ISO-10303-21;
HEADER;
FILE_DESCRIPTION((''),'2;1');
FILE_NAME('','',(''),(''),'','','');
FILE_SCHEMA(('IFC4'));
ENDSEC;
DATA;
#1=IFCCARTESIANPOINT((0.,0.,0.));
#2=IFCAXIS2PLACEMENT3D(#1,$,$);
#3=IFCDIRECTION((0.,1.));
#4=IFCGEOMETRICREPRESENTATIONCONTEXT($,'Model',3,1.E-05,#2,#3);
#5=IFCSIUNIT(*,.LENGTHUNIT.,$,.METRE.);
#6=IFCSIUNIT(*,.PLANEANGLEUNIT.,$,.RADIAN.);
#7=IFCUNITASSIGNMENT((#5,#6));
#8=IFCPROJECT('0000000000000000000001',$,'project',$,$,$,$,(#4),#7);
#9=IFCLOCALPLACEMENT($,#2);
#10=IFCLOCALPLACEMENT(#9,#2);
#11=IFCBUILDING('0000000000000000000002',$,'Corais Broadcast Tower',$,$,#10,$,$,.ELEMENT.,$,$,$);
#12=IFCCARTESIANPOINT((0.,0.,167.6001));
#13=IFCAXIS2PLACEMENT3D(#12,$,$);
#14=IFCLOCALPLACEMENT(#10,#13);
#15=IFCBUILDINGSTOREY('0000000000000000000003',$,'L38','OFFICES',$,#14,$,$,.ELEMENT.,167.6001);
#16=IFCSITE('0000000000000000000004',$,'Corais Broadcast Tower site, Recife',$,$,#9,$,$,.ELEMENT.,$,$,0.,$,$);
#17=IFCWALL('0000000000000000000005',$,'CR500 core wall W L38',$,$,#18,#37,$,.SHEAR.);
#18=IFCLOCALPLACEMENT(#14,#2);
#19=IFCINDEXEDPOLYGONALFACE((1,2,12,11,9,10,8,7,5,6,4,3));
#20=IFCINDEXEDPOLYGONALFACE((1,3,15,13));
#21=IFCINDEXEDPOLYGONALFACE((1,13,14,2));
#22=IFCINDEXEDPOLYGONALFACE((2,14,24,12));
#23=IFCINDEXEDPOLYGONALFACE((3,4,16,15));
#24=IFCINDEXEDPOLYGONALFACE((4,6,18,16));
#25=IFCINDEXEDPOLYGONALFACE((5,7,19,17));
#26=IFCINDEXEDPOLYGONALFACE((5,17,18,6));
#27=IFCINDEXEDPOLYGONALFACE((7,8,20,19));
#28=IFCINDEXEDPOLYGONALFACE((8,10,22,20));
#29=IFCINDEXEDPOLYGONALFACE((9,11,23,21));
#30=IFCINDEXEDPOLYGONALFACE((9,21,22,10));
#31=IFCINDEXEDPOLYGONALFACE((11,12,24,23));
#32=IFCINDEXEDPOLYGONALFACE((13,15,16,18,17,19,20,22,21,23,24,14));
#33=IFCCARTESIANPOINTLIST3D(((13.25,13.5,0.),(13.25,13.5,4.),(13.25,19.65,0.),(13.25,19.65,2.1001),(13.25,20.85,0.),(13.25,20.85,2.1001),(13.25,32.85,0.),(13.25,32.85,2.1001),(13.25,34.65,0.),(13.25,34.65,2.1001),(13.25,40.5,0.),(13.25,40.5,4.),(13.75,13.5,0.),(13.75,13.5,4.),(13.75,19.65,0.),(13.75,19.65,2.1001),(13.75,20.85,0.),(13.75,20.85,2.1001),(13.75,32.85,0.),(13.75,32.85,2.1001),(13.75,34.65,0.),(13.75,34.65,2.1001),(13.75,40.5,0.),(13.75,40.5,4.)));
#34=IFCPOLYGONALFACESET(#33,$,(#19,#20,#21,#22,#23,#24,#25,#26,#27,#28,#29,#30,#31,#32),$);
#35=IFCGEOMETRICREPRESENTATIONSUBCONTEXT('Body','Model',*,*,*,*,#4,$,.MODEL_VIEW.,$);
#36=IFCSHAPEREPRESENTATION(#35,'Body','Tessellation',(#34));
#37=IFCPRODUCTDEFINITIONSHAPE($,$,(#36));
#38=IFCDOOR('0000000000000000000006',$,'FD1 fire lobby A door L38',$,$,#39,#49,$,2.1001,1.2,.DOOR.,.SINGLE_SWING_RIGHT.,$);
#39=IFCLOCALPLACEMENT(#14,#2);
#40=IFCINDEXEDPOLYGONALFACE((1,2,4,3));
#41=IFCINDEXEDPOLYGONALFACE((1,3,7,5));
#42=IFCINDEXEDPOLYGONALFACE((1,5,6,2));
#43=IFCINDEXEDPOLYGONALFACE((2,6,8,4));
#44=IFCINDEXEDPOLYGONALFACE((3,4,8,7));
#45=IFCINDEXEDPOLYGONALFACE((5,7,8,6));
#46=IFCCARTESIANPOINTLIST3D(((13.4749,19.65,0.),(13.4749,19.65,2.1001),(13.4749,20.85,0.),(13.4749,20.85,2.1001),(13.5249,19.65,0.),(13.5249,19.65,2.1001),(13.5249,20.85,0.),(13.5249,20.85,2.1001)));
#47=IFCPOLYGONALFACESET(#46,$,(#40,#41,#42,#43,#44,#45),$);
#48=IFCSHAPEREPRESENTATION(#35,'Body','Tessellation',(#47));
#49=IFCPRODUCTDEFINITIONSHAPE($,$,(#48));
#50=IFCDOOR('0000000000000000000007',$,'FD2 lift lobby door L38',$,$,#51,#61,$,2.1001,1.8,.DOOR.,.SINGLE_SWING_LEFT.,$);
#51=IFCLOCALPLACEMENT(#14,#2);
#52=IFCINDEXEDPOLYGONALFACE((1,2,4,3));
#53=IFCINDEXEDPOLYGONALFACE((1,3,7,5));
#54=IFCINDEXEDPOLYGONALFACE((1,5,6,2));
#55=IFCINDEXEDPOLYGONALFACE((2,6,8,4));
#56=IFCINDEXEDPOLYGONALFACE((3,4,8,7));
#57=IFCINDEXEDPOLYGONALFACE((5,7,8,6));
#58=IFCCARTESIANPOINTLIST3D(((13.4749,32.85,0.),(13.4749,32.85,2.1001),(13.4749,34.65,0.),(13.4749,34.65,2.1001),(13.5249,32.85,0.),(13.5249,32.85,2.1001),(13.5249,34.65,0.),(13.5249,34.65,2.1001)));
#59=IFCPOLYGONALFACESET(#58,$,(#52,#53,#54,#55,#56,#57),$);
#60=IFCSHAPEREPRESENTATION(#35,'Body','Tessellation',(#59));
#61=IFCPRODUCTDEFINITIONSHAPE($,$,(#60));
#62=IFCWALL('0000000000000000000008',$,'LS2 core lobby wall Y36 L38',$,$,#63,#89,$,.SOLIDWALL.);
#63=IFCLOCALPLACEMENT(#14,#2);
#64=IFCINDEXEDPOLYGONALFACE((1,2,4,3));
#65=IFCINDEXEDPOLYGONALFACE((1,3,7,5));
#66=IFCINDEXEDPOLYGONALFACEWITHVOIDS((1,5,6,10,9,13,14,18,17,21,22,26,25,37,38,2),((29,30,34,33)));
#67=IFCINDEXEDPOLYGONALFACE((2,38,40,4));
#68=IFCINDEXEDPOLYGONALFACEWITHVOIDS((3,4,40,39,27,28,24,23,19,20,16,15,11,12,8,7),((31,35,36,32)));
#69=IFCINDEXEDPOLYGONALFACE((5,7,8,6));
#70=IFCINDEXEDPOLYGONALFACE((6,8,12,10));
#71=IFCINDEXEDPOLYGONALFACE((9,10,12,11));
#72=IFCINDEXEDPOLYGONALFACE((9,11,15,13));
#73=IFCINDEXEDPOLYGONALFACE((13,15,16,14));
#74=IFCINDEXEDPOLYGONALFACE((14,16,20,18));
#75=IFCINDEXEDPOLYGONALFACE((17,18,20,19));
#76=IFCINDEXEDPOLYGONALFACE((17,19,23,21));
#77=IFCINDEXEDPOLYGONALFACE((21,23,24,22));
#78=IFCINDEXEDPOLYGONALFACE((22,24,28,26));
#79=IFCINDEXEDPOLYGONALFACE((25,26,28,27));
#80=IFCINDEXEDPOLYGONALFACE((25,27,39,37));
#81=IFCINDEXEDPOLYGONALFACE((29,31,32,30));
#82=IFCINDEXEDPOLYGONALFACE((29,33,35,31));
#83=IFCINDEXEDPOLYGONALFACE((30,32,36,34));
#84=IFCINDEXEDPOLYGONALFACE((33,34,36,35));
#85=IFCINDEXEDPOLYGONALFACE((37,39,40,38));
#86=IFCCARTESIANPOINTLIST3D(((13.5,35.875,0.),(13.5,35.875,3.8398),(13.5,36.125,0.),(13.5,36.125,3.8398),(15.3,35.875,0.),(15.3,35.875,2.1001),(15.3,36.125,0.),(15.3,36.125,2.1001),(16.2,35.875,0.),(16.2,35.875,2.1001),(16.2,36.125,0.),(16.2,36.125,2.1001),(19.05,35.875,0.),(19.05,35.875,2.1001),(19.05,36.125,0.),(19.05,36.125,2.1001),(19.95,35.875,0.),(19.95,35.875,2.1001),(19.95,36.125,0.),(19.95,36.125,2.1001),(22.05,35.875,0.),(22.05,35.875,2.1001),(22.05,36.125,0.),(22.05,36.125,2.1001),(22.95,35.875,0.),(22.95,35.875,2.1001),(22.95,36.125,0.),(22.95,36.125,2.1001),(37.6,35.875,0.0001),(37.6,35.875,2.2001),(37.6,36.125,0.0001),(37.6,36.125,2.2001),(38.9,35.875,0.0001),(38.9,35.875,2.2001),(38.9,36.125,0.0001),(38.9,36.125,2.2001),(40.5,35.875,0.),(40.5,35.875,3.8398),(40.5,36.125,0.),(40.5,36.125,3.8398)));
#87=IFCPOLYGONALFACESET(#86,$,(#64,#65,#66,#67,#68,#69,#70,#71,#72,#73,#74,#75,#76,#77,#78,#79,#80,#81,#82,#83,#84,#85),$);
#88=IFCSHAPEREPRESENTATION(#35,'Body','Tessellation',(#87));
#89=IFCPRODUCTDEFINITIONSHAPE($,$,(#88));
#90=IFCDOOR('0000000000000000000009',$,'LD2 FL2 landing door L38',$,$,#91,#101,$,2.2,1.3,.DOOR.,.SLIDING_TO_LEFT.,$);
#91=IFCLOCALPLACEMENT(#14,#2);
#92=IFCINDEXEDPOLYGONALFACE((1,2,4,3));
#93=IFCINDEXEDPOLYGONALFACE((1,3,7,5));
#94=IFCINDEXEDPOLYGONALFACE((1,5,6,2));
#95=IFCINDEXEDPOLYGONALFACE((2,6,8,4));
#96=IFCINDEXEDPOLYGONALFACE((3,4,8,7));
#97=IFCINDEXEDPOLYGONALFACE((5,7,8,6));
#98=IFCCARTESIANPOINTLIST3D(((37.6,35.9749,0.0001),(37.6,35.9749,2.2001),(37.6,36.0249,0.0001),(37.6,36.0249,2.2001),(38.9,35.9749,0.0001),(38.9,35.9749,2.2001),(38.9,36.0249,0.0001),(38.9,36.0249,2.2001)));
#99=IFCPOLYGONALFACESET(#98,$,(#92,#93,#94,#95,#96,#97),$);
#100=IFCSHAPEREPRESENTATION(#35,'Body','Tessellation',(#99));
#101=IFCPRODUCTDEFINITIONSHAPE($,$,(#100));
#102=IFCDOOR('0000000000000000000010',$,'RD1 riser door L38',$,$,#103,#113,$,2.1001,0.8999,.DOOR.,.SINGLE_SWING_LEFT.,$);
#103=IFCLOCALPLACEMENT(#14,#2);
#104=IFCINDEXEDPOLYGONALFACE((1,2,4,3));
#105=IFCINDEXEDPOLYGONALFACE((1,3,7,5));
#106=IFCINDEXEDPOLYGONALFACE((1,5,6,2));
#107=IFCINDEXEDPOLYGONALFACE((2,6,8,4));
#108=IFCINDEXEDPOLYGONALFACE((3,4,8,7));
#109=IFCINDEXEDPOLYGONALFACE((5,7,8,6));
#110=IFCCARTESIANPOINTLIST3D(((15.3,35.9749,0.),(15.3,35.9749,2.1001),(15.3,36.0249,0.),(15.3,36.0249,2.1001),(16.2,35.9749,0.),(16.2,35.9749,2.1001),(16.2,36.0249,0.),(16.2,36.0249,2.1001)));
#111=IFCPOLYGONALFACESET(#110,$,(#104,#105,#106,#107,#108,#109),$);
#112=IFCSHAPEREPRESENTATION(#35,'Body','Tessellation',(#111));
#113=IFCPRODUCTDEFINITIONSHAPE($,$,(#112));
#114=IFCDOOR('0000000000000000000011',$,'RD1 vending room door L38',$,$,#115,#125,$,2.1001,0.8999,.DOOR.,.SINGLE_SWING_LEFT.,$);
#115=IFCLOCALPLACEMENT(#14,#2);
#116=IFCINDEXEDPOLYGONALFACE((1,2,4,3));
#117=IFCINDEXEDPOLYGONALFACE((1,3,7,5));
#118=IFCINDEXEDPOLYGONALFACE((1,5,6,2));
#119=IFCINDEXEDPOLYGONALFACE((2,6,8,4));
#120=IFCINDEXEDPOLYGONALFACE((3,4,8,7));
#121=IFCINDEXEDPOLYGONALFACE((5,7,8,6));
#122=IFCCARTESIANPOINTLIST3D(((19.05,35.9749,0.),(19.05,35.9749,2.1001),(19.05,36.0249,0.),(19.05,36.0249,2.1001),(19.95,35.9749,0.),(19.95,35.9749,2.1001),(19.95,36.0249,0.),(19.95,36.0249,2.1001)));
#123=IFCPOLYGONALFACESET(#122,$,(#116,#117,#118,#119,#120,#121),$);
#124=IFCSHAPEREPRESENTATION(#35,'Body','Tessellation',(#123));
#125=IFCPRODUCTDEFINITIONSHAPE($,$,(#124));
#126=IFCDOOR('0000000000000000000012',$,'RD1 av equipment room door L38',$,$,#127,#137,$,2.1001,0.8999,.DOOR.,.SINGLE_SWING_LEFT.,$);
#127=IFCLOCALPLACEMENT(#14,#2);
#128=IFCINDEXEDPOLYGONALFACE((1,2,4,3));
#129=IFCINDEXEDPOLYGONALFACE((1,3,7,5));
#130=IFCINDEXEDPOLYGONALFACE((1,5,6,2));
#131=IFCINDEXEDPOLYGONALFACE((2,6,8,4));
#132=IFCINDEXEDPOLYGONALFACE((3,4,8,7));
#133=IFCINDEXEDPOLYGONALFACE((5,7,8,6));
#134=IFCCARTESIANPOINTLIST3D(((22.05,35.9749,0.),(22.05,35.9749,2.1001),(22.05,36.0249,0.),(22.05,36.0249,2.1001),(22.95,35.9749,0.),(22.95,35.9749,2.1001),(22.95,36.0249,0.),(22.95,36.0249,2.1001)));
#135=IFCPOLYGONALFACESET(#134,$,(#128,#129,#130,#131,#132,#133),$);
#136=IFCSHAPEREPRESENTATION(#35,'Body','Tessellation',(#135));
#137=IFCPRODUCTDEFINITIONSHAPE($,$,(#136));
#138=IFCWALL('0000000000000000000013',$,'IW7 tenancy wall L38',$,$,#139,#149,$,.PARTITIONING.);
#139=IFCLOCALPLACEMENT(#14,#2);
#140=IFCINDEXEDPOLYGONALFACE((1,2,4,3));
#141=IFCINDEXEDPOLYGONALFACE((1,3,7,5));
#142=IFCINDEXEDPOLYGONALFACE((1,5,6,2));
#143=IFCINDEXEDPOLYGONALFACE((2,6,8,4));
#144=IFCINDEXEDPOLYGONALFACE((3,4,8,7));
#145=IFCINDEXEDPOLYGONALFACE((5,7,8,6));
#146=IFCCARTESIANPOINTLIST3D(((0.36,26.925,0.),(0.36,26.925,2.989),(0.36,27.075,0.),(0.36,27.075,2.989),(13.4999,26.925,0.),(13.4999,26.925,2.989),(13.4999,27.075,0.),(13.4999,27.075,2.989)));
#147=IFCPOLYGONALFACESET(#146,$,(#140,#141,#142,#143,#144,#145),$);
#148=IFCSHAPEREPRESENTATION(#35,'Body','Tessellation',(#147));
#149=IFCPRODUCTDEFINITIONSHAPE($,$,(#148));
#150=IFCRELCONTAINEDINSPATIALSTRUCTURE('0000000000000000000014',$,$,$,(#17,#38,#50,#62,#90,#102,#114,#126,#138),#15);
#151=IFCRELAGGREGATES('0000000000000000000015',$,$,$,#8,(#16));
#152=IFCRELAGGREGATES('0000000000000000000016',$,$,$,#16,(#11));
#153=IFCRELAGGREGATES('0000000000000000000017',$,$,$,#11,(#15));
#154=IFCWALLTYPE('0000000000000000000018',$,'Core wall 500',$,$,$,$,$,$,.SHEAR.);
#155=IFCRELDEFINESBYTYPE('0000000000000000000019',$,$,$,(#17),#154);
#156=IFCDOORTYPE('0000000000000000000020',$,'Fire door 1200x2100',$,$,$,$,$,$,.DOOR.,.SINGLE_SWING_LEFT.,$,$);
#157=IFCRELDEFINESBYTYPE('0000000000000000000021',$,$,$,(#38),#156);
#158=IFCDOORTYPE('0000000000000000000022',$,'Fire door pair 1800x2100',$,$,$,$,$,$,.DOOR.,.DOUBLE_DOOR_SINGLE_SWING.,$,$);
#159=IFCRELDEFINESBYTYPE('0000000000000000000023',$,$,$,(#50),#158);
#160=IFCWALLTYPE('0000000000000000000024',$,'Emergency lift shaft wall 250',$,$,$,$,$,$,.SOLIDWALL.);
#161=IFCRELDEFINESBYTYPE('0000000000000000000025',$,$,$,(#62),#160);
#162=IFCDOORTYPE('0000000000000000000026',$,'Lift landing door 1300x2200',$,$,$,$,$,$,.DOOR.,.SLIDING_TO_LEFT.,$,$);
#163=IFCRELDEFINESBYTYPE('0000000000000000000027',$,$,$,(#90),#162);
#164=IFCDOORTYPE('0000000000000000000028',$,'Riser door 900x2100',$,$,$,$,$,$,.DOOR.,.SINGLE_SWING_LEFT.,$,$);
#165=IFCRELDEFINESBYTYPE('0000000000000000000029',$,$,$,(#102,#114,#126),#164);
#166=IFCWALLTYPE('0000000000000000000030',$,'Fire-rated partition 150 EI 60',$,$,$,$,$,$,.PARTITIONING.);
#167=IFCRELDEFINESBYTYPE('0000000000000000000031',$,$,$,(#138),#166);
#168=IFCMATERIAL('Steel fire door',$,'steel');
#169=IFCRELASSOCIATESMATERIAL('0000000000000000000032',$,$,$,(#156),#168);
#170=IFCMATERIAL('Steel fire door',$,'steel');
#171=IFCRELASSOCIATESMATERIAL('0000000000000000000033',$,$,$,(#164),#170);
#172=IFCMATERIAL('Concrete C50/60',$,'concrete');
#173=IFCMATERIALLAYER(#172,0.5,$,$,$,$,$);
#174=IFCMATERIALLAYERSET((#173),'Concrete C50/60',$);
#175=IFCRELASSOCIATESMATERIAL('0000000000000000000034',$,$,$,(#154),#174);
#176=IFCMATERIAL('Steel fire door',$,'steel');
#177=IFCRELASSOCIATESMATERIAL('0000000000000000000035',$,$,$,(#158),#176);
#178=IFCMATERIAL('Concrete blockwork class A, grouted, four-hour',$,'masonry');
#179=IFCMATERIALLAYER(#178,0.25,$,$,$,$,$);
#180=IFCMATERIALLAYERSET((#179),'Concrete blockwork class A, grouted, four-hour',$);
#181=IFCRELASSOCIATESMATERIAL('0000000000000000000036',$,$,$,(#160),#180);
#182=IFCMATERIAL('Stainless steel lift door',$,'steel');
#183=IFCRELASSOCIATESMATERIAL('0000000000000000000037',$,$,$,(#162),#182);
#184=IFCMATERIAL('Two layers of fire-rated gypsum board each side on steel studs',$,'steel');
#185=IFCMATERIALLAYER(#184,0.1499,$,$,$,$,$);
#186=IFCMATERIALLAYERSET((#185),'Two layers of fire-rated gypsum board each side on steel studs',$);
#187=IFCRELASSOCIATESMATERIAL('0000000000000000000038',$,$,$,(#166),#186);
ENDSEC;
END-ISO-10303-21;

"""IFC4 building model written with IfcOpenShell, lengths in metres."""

from ifc_helpers import new_model, si_unit, direction, frame, frame_2d, origin, place, context, subcontext, project, spatial, rectangle, extrude, material, layer, layer_set, type_object, element, fill, save


model = new_model("IFC4")

# Units and contexts
model_context = context("Model", 3, precision=1e-05, world=origin(), true_north=direction((0.0, 1.0)))
body_context = subcontext(model_context, "Body", "Model", "MODEL_VIEW")
ifc_project = project(units=[si_unit("LENGTHUNIT", "METRE"), si_unit("PLANEANGLEUNIT", "RADIAN")], contexts=[model_context])

# Site, building, storey
site_placement = place(None, origin())
site = spatial("IfcSite", under=ifc_project, at=site_placement, Name="Corais Broadcast Tower site, Recife", CompositionType="ELEMENT", RefElevation=0.0)
building_placement = place(site_placement, origin())
building = spatial("IfcBuilding", under=site, at=building_placement, Name="Corais Broadcast Tower", CompositionType="ELEMENT")
storey_placement = place(building_placement, frame((0.0, 0.0, 167.6001)))
storey = spatial("IfcBuildingStorey", under=building, at=storey_placement, Name="L38", Description="OFFICES", CompositionType="ELEMENT", Elevation=167.6001)

# Walls, openings, doors
ifc_material_1 = material(Name="Steel fire door", Category="steel")
door_type_1 = type_object("IfcDoorType", Name="Fire door 1200x2100", OperationType="SINGLE_SWING_LEFT", PredefinedType="DOOR", material=ifc_material_1)
ifc_material_2 = material(Name="Steel fire door", Category="steel")
door_type_2 = type_object("IfcDoorType", Name="Riser door 900x2100", OperationType="SINGLE_SWING_LEFT", PredefinedType="DOOR", material=ifc_material_2)
ifc_material_3 = material(Name="Concrete C50/60", Category="concrete")
ifc_layer_1 = layer(ifc_material_3, 0.5)
ifc_layer_set_1 = layer_set([ifc_layer_1], Name="Concrete C50/60")
wall_type_1 = type_object("IfcWallType", Name="Core wall 500", PredefinedType="SHEAR", material=ifc_layer_set_1)
wall_1_placement = place(storey_placement, frame((13.5, 40.5, 0.0), z_axis=(0.0, 0.0, 1.0), x_axis=(0.0, -1.0, 0.0)))
wall_1 = element("IfcWall", 1, at=wall_1_placement, inside=storey, type_object=wall_type_1, Name="CR500 core wall W L38", PredefinedType="SHEAR", context=body_context, shape_type="SweptSolid", body=[
    extrude(rectangle(XDim=27.0, YDim=0.5, at=frame_2d((13.5, 0.0))), origin(), (0.0, 0.0, 1.0), 4.0),
])
opening_1_placement = place(wall_1_placement, frame((19.6499, 0.0, 0.0)))
opening_1 = element("IfcOpeningElement", 2, at=opening_1_placement, cuts=wall_1, PredefinedType="OPENING", context=body_context, shape_type="SweptSolid", body=[
    extrude(rectangle(XDim=1.2, YDim=2.1001, at=frame_2d((0.6001, 1.05))), frame((0.0, 0.26, 0.0), z_axis=(0.0, -1.0, 0.0), x_axis=(1.0, 0.0, 0.0)), (0.0, 0.0, 1.0), 0.52),
])
opening_2_placement = place(wall_1_placement, frame((5.8501, 0.0, 0.0)))
opening_2 = element("IfcOpeningElement", 3, at=opening_2_placement, cuts=wall_1, PredefinedType="OPENING", context=body_context, shape_type="SweptSolid", body=[
    extrude(rectangle(XDim=1.8, YDim=2.1001, at=frame_2d((0.8999, 1.05))), frame((0.0, 0.26, 0.0), z_axis=(0.0, -1.0, 0.0), x_axis=(1.0, 0.0, 0.0)), (0.0, 0.0, 1.0), 0.52),
])
door_1_placement = place(opening_1_placement, origin())
door_1 = element("IfcDoor", 4, at=door_1_placement, inside=storey, type_object=door_type_1, Name="FD1 fire lobby A door L38", OperationType="SINGLE_SWING_RIGHT", OverallHeight=2.1001, OverallWidth=1.2, PredefinedType="DOOR", context=body_context, shape_type="SweptSolid", body=[
    extrude(rectangle(XDim=1.2, YDim=2.1001, at=frame_2d((0.6001, 1.05))), frame((0.0, 0.0249, 0.0), z_axis=(0.0, -1.0, 0.0), x_axis=(1.0, 0.0, 0.0)), (0.0, 0.0, 1.0), 0.05),
])
fill(opening_1, door_1)
ifc_material_4 = material(Name="Steel fire door", Category="steel")
door_type_3 = type_object("IfcDoorType", Name="Fire door pair 1800x2100", OperationType="DOUBLE_DOOR_SINGLE_SWING", PredefinedType="DOOR", material=ifc_material_4)
door_2_placement = place(opening_2_placement, origin())
door_2 = element("IfcDoor", 5, at=door_2_placement, inside=storey, type_object=door_type_3, Name="FD2 lift lobby door L38", OperationType="SINGLE_SWING_LEFT", OverallHeight=2.1001, OverallWidth=1.8, PredefinedType="DOOR", context=body_context, shape_type="SweptSolid", body=[
    extrude(rectangle(XDim=1.8, YDim=2.1001, at=frame_2d((0.8999, 1.05))), frame((0.0, 0.0249, 0.0), z_axis=(0.0, -1.0, 0.0), x_axis=(1.0, 0.0, 0.0)), (0.0, 0.0, 1.0), 0.05),
])
fill(opening_2, door_2)
ifc_material_5 = material(Name="Concrete blockwork class A, grouted, four-hour", Category="masonry")
ifc_layer_2 = layer(ifc_material_5, 0.25)
ifc_layer_set_2 = layer_set([ifc_layer_2], Name="Concrete blockwork class A, grouted, four-hour")
wall_type_2 = type_object("IfcWallType", Name="Emergency lift shaft wall 250", PredefinedType="SOLIDWALL", material=ifc_layer_set_2)
wall_2_placement = place(storey_placement, frame((13.5, 36.0, 0.0), z_axis=(0.0, 0.0, 1.0), x_axis=(1.0, 0.0, 0.0)))
wall_2 = element("IfcWall", 6, at=wall_2_placement, inside=storey, type_object=wall_type_2, Name="LS2 core lobby wall Y36 L38", PredefinedType="SOLIDWALL", context=body_context, shape_type="SweptSolid", body=[
    extrude(rectangle(XDim=27.0, YDim=0.25, at=frame_2d((13.5, 0.0))), origin(), (0.0, 0.0, 1.0), 3.8398),
])
opening_3_placement = place(wall_2_placement, frame((1.8, 0.0, 0.0)))
opening_3 = element("IfcOpeningElement", 7, at=opening_3_placement, cuts=wall_2, PredefinedType="OPENING", context=body_context, shape_type="SweptSolid", body=[
    extrude(rectangle(XDim=0.8999, YDim=2.1001, at=frame_2d((0.45, 1.05))), frame((0.0, 0.135, 0.0), z_axis=(0.0, -1.0, 0.0), x_axis=(1.0, 0.0, 0.0)), (0.0, 0.0, 1.0), 0.27),
])
opening_4_placement = place(wall_2_placement, frame((5.55, 0.0, 0.0)))
opening_4 = element("IfcOpeningElement", 8, at=opening_4_placement, cuts=wall_2, PredefinedType="OPENING", context=body_context, shape_type="SweptSolid", body=[
    extrude(rectangle(XDim=0.8999, YDim=2.1001, at=frame_2d((0.45, 1.05))), frame((0.0, 0.135, 0.0), z_axis=(0.0, -1.0, 0.0), x_axis=(1.0, 0.0, 0.0)), (0.0, 0.0, 1.0), 0.27),
])
opening_5_placement = place(wall_2_placement, frame((8.55, 0.0, 0.0)))
opening_5 = element("IfcOpeningElement", 9, at=opening_5_placement, cuts=wall_2, PredefinedType="OPENING", context=body_context, shape_type="SweptSolid", body=[
    extrude(rectangle(XDim=0.8999, YDim=2.1001, at=frame_2d((0.45, 1.05))), frame((0.0, 0.135, 0.0), z_axis=(0.0, -1.0, 0.0), x_axis=(1.0, 0.0, 0.0)), (0.0, 0.0, 1.0), 0.27),
])
opening_6_placement = place(wall_2_placement, frame((24.1001, 0.0, 0.0)))
opening_6 = element("IfcOpeningElement", 10, at=opening_6_placement, cuts=wall_2, PredefinedType="OPENING", context=body_context, shape_type="SweptSolid", body=[
    extrude(rectangle(XDim=1.3, YDim=2.2, at=frame_2d((0.6499, 1.1001))), frame((0.0, 0.135, 0.0), z_axis=(0.0, -1.0, 0.0), x_axis=(1.0, 0.0, 0.0)), (0.0, 0.0, 1.0), 0.27),
])
ifc_material_6 = material(Name="Stainless steel lift door", Category="steel")
door_type_4 = type_object("IfcDoorType", Name="Lift landing door 1300x2200", OperationType="SLIDING_TO_LEFT", PredefinedType="DOOR", material=ifc_material_6)
door_3_placement = place(opening_6_placement, origin())
door_3 = element("IfcDoor", 11, at=door_3_placement, inside=storey, type_object=door_type_4, Name="LD2 FL2 landing door L38", OperationType="SLIDING_TO_LEFT", OverallHeight=2.2, OverallWidth=1.3, PredefinedType="DOOR", context=body_context, shape_type="SweptSolid", body=[
    extrude(rectangle(XDim=1.3, YDim=2.2, at=frame_2d((0.6499, 1.1001))), frame((0.0, 0.0249, 0.0), z_axis=(0.0, -1.0, 0.0), x_axis=(1.0, 0.0, 0.0)), (0.0, 0.0, 1.0), 0.05),
])
fill(opening_6, door_3)
door_4_placement = place(opening_3_placement, origin())
door_4 = element("IfcDoor", 12, at=door_4_placement, inside=storey, type_object=door_type_2, Name="RD1 riser door L38", OperationType="SINGLE_SWING_LEFT", OverallHeight=2.1001, OverallWidth=0.8999, PredefinedType="DOOR", context=body_context, shape_type="SweptSolid", body=[
    extrude(rectangle(XDim=0.8999, YDim=2.1001, at=frame_2d((0.45, 1.05))), frame((0.0, 0.0249, 0.0), z_axis=(0.0, -1.0, 0.0), x_axis=(1.0, 0.0, 0.0)), (0.0, 0.0, 1.0), 0.05),
])
fill(opening_3, door_4)
door_5_placement = place(opening_4_placement, origin())
door_5 = element("IfcDoor", 13, at=door_5_placement, inside=storey, type_object=door_type_2, Name="RD1 vending room door L38", OperationType="SINGLE_SWING_LEFT", OverallHeight=2.1001, OverallWidth=0.8999, PredefinedType="DOOR", context=body_context, shape_type="SweptSolid", body=[
    extrude(rectangle(XDim=0.8999, YDim=2.1001, at=frame_2d((0.45, 1.05))), frame((0.0, 0.0249, 0.0), z_axis=(0.0, -1.0, 0.0), x_axis=(1.0, 0.0, 0.0)), (0.0, 0.0, 1.0), 0.05),
])
fill(opening_4, door_5)
door_6_placement = place(opening_5_placement, origin())
door_6 = element("IfcDoor", 14, at=door_6_placement, inside=storey, type_object=door_type_2, Name="RD1 av equipment room door L38", OperationType="SINGLE_SWING_LEFT", OverallHeight=2.1001, OverallWidth=0.8999, PredefinedType="DOOR", context=body_context, shape_type="SweptSolid", body=[
    extrude(rectangle(XDim=0.8999, YDim=2.1001, at=frame_2d((0.45, 1.05))), frame((0.0, 0.0249, 0.0), z_axis=(0.0, -1.0, 0.0), x_axis=(1.0, 0.0, 0.0)), (0.0, 0.0, 1.0), 0.05),
])
fill(opening_5, door_6)

# Wall
ifc_material_7 = material(Name="Two layers of fire-rated gypsum board each side on steel studs", Category="steel")
ifc_layer_3 = layer(ifc_material_7, 0.1499)
ifc_layer_set_3 = layer_set([ifc_layer_3], Name="Two layers of fire-rated gypsum board each side on steel studs")
wall_type_3 = type_object("IfcWallType", Name="Fire-rated partition 150 EI 60", PredefinedType="PARTITIONING", material=ifc_layer_set_3)
wall_3_placement = place(storey_placement, frame((0.3601, 27.0, 0.0), z_axis=(0.0, 0.0, 1.0), x_axis=(1.0, 0.0, 0.0)))
element("IfcWall", 15, at=wall_3_placement, inside=storey, type_object=wall_type_3, Name="IW7 tenancy wall L38", PredefinedType="PARTITIONING", context=body_context, shape_type="SweptSolid", body=[
    extrude(rectangle(XDim=13.1399, YDim=0.1499, at=frame_2d((6.5698, 0.0))), origin(), (0.0, 0.0, 1.0), 2.989),
])

save(model, "model.ifc")
